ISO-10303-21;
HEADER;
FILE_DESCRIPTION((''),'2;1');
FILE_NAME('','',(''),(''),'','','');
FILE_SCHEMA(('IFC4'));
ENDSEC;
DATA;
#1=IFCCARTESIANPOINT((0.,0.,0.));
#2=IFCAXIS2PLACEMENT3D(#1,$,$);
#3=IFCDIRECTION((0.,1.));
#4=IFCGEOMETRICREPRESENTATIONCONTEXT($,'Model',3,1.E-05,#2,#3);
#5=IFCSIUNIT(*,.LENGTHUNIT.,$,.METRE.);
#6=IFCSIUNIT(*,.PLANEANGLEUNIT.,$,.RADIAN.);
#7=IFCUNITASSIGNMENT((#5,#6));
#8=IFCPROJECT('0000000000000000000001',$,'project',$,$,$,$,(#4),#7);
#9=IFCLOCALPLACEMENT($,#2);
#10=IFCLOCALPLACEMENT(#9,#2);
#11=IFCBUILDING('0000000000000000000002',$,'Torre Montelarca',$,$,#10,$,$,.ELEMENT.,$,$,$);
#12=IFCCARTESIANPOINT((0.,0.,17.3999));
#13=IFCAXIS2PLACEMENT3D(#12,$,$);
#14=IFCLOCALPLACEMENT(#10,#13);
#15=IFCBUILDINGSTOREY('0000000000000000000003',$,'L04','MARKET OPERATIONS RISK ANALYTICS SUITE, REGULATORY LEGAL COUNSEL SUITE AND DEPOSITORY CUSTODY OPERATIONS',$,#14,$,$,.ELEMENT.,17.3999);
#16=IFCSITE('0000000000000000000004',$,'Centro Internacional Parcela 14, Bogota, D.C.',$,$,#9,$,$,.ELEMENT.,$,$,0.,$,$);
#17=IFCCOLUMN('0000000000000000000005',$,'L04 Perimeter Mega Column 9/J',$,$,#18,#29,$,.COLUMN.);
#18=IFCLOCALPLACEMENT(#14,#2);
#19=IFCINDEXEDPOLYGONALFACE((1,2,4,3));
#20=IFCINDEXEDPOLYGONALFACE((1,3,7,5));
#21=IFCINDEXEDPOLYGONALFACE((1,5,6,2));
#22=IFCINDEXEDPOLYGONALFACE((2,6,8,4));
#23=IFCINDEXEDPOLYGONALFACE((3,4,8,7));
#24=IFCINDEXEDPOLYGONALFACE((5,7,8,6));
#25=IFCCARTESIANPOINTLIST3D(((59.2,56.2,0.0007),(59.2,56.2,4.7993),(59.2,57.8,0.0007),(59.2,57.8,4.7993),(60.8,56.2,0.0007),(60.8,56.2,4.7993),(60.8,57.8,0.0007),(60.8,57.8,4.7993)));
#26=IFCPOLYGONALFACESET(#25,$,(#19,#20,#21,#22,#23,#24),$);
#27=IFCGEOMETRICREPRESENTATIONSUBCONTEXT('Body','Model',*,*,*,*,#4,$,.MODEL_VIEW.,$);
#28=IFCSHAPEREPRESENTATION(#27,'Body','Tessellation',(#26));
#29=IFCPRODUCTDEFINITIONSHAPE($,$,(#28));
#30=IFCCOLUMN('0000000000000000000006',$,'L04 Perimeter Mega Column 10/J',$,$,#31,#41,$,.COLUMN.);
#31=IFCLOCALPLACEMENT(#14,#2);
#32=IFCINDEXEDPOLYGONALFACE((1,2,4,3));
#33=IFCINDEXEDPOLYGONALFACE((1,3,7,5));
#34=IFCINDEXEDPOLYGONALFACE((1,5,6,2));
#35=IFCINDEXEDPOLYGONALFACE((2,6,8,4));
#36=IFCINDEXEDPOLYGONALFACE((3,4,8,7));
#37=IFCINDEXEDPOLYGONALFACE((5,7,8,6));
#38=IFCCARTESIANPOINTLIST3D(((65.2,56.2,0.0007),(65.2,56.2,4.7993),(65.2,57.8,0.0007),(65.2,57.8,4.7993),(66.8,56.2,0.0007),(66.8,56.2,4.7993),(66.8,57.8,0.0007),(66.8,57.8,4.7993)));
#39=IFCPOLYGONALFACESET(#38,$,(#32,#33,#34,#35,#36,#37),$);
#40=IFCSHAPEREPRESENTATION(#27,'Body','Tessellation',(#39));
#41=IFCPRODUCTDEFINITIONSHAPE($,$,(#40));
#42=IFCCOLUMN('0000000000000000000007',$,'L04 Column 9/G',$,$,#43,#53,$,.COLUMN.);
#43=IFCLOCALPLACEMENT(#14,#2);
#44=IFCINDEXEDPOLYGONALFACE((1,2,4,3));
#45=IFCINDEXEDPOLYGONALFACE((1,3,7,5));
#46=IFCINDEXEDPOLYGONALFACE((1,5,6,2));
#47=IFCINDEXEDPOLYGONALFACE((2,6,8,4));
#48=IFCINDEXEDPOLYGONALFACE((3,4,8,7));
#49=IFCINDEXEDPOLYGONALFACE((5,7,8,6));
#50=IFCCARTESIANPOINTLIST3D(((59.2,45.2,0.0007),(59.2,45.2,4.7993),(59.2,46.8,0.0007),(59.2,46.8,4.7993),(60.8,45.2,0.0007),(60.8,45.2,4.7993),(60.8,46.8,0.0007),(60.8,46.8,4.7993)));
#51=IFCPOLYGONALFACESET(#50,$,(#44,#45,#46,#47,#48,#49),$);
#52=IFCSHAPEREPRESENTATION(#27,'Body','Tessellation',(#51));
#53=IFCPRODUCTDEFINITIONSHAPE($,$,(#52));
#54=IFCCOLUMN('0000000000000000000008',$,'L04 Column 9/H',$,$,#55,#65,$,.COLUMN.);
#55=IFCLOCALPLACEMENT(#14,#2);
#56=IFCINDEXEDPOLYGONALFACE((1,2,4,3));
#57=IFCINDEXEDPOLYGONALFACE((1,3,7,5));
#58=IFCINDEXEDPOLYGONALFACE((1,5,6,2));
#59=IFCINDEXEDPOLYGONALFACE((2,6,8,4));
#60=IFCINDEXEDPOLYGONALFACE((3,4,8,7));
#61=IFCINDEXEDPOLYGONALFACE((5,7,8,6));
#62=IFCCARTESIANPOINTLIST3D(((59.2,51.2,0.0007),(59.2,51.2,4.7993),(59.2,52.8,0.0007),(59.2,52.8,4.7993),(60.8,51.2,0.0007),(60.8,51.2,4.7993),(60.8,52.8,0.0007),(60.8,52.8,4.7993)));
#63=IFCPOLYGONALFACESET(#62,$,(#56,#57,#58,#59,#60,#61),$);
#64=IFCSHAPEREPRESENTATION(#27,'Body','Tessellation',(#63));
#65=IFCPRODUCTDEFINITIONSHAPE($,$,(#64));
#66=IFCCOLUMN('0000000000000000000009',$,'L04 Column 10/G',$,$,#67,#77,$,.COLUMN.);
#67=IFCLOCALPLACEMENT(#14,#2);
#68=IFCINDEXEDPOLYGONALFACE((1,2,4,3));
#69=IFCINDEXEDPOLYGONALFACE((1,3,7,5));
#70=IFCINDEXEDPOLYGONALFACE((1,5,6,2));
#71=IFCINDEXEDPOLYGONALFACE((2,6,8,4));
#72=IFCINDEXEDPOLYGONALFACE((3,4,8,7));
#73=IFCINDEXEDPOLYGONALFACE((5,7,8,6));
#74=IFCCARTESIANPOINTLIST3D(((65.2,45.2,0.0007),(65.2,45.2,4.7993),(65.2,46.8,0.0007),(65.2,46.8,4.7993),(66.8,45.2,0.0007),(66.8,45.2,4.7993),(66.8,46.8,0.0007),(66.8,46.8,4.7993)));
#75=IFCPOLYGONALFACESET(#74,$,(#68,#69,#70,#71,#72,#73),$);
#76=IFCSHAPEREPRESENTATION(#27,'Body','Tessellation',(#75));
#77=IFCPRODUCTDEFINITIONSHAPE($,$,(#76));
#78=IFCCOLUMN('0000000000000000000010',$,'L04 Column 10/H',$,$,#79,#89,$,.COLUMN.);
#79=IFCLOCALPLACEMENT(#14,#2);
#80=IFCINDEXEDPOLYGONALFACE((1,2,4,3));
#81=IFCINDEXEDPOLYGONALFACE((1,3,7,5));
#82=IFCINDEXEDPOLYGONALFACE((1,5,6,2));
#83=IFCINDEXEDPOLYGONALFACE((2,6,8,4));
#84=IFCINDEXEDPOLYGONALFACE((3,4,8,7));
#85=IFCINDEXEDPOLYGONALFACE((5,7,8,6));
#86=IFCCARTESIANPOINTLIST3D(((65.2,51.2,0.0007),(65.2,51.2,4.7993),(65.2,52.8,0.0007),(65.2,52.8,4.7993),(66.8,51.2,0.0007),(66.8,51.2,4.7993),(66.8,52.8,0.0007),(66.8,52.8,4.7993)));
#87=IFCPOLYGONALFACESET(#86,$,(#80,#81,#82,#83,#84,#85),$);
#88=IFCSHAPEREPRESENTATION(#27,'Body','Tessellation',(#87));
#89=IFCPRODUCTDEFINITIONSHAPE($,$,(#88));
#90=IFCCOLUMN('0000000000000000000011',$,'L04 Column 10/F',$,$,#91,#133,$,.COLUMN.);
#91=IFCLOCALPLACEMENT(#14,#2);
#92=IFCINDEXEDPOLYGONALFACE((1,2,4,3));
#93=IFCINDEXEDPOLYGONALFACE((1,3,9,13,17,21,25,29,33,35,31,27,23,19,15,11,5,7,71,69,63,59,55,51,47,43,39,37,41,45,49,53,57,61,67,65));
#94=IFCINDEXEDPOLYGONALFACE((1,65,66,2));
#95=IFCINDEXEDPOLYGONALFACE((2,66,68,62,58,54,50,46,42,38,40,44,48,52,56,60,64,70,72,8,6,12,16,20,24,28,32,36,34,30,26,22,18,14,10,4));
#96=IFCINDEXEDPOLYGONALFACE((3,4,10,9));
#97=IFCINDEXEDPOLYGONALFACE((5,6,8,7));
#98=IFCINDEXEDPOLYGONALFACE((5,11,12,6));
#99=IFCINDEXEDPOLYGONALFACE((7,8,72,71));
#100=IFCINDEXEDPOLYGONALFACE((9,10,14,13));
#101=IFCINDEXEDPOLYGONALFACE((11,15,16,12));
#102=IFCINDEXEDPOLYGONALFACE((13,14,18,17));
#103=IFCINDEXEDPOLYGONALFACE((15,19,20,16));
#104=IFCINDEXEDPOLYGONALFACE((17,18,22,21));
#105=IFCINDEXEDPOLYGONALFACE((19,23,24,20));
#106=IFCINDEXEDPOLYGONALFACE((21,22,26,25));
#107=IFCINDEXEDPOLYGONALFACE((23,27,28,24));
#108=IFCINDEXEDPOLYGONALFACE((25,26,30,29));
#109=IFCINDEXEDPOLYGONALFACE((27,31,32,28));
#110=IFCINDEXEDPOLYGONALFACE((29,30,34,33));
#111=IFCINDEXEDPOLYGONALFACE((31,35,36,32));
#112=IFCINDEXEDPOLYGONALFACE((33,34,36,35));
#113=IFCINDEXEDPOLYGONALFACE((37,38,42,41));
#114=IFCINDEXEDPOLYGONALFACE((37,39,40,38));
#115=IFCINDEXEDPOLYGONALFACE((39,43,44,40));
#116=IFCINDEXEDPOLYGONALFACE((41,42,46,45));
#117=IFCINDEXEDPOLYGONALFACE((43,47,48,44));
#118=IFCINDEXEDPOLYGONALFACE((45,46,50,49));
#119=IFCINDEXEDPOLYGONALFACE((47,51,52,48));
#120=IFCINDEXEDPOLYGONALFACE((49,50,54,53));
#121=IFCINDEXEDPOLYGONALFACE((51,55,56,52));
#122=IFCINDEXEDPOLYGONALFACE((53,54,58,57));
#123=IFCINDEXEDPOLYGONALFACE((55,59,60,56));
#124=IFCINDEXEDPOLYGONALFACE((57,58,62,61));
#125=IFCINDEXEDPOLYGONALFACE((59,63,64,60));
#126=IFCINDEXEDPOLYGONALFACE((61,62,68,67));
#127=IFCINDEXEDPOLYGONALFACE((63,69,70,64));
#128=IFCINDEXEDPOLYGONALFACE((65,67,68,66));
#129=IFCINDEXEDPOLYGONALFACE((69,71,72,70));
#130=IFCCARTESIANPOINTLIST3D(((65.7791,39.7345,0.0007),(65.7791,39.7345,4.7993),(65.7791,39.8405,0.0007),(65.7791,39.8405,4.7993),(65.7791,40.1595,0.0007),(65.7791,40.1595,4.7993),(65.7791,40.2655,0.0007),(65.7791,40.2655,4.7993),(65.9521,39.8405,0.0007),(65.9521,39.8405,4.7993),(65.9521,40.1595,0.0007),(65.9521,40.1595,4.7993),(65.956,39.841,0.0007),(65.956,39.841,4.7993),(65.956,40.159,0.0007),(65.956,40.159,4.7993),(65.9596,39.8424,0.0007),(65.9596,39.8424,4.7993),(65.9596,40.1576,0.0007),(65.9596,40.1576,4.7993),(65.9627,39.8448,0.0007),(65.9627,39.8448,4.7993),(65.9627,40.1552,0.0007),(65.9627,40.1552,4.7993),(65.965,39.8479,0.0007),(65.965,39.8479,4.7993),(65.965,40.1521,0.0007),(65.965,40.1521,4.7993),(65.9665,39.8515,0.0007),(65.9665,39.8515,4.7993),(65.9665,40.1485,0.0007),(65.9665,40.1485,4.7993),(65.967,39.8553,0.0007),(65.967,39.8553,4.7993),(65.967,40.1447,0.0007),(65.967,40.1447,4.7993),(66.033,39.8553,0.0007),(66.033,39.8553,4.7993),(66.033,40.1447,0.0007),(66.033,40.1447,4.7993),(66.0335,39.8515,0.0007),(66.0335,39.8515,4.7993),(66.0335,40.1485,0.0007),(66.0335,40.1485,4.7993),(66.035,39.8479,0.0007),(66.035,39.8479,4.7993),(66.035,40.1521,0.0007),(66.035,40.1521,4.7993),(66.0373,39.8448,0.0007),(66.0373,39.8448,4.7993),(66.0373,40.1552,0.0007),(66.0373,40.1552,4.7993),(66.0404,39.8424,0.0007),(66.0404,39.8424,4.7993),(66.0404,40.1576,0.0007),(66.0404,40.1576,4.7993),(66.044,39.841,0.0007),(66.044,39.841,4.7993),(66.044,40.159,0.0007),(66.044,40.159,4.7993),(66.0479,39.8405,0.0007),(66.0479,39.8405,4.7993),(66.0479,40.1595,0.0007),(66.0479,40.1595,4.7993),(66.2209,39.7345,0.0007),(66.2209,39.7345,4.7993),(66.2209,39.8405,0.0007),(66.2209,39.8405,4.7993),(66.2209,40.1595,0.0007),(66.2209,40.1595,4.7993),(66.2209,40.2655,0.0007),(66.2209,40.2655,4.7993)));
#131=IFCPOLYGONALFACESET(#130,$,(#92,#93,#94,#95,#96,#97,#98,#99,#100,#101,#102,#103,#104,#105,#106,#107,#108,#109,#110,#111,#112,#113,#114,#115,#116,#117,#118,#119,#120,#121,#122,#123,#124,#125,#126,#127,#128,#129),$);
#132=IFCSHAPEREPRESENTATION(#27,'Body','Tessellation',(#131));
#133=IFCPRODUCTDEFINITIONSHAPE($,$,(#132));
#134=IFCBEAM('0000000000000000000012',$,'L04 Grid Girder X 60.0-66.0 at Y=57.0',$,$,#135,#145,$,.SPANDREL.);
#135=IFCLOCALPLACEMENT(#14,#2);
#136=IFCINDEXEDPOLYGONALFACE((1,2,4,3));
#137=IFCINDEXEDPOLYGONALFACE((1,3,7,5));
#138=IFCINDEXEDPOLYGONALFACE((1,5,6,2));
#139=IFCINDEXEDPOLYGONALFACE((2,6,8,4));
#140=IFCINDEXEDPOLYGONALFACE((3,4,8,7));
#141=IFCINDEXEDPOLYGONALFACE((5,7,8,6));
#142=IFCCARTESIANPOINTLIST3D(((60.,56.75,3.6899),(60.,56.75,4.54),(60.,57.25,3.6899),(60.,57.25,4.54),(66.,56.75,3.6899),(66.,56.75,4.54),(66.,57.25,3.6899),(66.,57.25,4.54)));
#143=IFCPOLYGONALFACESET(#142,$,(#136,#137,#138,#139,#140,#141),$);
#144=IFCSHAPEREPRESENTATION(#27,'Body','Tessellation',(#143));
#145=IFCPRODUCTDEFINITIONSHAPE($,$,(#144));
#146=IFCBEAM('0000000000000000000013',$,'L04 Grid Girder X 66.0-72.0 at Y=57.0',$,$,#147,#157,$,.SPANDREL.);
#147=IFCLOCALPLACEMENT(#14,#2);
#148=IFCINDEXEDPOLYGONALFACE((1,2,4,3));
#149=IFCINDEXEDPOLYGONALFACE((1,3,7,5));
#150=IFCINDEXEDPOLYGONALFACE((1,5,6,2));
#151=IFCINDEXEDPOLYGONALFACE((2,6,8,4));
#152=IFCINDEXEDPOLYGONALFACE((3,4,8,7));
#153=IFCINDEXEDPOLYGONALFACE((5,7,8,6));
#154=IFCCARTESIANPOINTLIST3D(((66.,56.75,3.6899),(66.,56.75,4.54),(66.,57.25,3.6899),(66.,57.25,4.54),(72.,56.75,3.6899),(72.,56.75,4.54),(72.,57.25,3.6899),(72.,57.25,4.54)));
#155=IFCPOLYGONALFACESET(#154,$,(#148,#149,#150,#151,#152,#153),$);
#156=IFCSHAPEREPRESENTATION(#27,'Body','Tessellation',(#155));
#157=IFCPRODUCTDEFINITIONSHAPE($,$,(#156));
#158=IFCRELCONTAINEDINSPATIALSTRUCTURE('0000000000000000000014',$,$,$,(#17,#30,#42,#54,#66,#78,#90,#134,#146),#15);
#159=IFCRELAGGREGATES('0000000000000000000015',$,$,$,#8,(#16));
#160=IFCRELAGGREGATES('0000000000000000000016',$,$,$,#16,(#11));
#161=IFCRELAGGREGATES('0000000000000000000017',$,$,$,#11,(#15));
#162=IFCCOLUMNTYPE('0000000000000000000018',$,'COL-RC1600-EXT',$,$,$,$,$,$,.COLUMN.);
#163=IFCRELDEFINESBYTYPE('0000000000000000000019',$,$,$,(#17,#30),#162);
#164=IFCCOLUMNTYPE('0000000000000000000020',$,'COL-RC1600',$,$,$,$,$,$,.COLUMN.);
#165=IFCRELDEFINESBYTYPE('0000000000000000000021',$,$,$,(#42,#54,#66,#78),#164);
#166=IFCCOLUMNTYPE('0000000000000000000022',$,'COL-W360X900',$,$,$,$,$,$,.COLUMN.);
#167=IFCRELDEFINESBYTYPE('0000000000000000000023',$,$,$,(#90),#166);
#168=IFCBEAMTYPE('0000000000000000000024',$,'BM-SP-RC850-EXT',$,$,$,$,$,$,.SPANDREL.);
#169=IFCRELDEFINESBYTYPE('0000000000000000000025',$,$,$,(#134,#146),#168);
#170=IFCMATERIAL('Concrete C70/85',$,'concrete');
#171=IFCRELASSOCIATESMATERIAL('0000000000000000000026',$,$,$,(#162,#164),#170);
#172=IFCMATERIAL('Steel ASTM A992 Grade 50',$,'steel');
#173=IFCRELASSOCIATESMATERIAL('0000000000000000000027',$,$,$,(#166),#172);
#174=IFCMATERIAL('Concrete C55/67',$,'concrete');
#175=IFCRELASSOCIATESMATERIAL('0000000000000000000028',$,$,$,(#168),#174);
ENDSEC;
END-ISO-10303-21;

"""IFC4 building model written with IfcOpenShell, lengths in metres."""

from ifc_helpers import new_model, si_unit, direction, frame, origin, origin_2d, place, context, subcontext, project, spatial, rectangle, i_section, extrude, source, transform, mapped, material, material_profile, profile_set, type_object, element, save


model = new_model("IFC4")

# Units and contexts
model_context = context("Model", 3, precision=1e-05, world=origin(), true_north=direction((0.0, 1.0)))
body_context = subcontext(model_context, "Body", "Model", "MODEL_VIEW")
ifc_project = project(units=[si_unit("LENGTHUNIT", "METRE"), si_unit("PLANEANGLEUNIT", "RADIAN")], contexts=[model_context])

# Site, building, storey
site_placement = place(None, origin())
site = spatial("IfcSite", under=ifc_project, at=site_placement, Name="Centro Internacional Parcela 14, Bogota, D.C.", CompositionType="ELEMENT", RefElevation=0.0)
building_placement = place(site_placement, origin())
building = spatial("IfcBuilding", under=site, at=building_placement, Name="Torre Montelarca", CompositionType="ELEMENT")
storey_placement = place(building_placement, frame((0.0, 0.0, 17.3999)))
storey = spatial("IfcBuildingStorey", under=building, at=storey_placement, Name="L04", Description="MARKET OPERATIONS RISK ANALYTICS SUITE, REGULATORY LEGAL COUNSEL SUITE AND DEPOSITORY CUSTODY OPERATIONS", CompositionType="ELEMENT", Elevation=17.3999)

# Columns
ifc_material_1 = material(Name="Concrete C70/85", Category="concrete")
ifc_material_profile_1 = material_profile(ifc_material_1, rectangle(XDim=1.6001, YDim=1.6001, at=origin_2d()), Name="RC1600X1600", Category="concrete")
ifc_profile_set_1 = profile_set([ifc_material_profile_1], Name="Concrete C70/85")
column_type_1 = type_object("IfcColumnType", Name="COL-RC1600-EXT", PredefinedType="COLUMN", material=ifc_profile_set_1)
shared_shape_1 = source(origin(), body_context, "Body", "SweptSolid", [
    extrude(rectangle(XDim=1.6001, YDim=1.6001, at=origin_2d()), origin(), (0.0, 0.0, 1.0), 4.7986),
])
for number, where, z_axis, x_axis, name in (
    (1, (60.0, 57.0, 0.0007), (0.0, 0.0, 1.0), (1.0, 0.0, 0.0), "L04 Perimeter Mega Column 9/J"),
    (2, (66.0, 57.0, 0.0007), (0.0, 0.0, 1.0), (1.0, 0.0, 0.0), "L04 Perimeter Mega Column 10/J"),
):
    element("IfcColumn", number, at=place(storey_placement, frame(where, z_axis=z_axis, x_axis=x_axis)), inside=storey, type_object=column_type_1, Name=name, PredefinedType="COLUMN", context=body_context, shape_type="MappedRepresentation", body=[
        mapped(shared_shape_1, transform((0.0, 0.0, 0.0), scale=1.0)),
    ])
ifc_material_profile_2 = material_profile(ifc_material_1, rectangle(XDim=1.6001, YDim=1.6001, at=origin_2d()), Name="RC1600X1600", Category="concrete")
ifc_profile_set_2 = profile_set([ifc_material_profile_2], Name="Concrete C70/85")
column_type_2 = type_object("IfcColumnType", Name="COL-RC1600", PredefinedType="COLUMN", material=ifc_profile_set_2)
shared_shape_2 = source(origin(), body_context, "Body", "SweptSolid", [
    extrude(rectangle(XDim=1.6001, YDim=1.6001, at=origin_2d()), origin(), (0.0, 0.0, 1.0), 4.7986),
])
for number, where, z_axis, x_axis, name in (
    (3, (60.0, 46.0, 0.0007), (0.0, 0.0, 1.0), (1.0, 0.0, 0.0), "L04 Column 9/G"),
    (4, (60.0, 52.0, 0.0007), (0.0, 0.0, 1.0), (1.0, 0.0, 0.0), "L04 Column 9/H"),
    (5, (66.0, 46.0, 0.0007), (0.0, 0.0, 1.0), (1.0, 0.0, 0.0), "L04 Column 10/G"),
    (6, (66.0, 52.0, 0.0007), (0.0, 0.0, 1.0), (1.0, 0.0, 0.0), "L04 Column 10/H"),
):
    element("IfcColumn", number, at=place(storey_placement, frame(where, z_axis=z_axis, x_axis=x_axis)), inside=storey, type_object=column_type_2, Name=name, PredefinedType="COLUMN", context=body_context, shape_type="MappedRepresentation", body=[
        mapped(shared_shape_2, transform((0.0, 0.0, 0.0), scale=1.0)),
    ])
ifc_material_2 = material(Name="Steel ASTM A992 Grade 50", Category="steel")
ifc_material_profile_3 = material_profile(ifc_material_2, i_section(OverallWidth=0.4419, OverallDepth=0.531, WebThickness=0.0659, FlangeThickness=0.106, FilletRadius=0.0149, at=origin_2d()), Name="W360X900", Category="steel")
ifc_profile_set_3 = profile_set([ifc_material_profile_3], Name="Steel ASTM A992 Grade 50")
column_type_3 = type_object("IfcColumnType", Name="COL-W360X900", PredefinedType="COLUMN", material=ifc_profile_set_3)
shared_shape_3 = source(origin(), body_context, "Body", "SweptSolid", [
    extrude(i_section(OverallWidth=0.4419, OverallDepth=0.531, WebThickness=0.0659, FlangeThickness=0.106, FilletRadius=0.0149, at=origin_2d()), origin(), (0.0, 0.0, 1.0), 4.7986),
])
column_placement = place(storey_placement, frame((66.0, 40.0, 0.0007), z_axis=(0.0, 0.0, 1.0), x_axis=(1.0, 0.0, 0.0)))
element("IfcColumn", 7, at=column_placement, inside=storey, type_object=column_type_3, Name="L04 Column 10/F", PredefinedType="COLUMN", context=body_context, shape_type="MappedRepresentation", body=[
    mapped(shared_shape_3, transform((0.0, 0.0, 0.0), scale=1.0)),
])

# Beams
ifc_material_3 = material(Name="Concrete C55/67", Category="concrete")
ifc_material_profile_4 = material_profile(ifc_material_3, rectangle(XDim=0.5, YDim=0.8501, at=origin_2d()), Name="RCB500X850", Category="concrete")
ifc_profile_set_4 = profile_set([ifc_material_profile_4], Name="Concrete C55/67")
beam_type_1 = type_object("IfcBeamType", Name="BM-SP-RC850-EXT", PredefinedType="SPANDREL", material=ifc_profile_set_4)
shared_shape_4 = source(origin(), body_context, "Body", "SweptSolid", [
    extrude(rectangle(XDim=0.5, YDim=0.8501, at=origin_2d()), origin(), (0.0, 0.0, 1.0), 6.0),
])
for number, where, z_axis, x_axis, name in (
    (8, (60.0, 57.0, 4.115), (1.0, 0.0, 0.0), (0.0, 1.0, 0.0), "L04 Grid Girder X 60.0-66.0 at Y=57.0"),
    (9, (66.0, 57.0, 4.115), (1.0, 0.0, 0.0), (0.0, 1.0, 0.0), "L04 Grid Girder X 66.0-72.0 at Y=57.0"),
):
    element("IfcBeam", number, at=place(storey_placement, frame(where, z_axis=z_axis, x_axis=x_axis)), inside=storey, type_object=beam_type_1, Name=name, PredefinedType="SPANDREL", context=body_context, shape_type="MappedRepresentation", body=[
        mapped(shared_shape_4, transform((0.0, 0.0, 0.0), scale=1.0)),
    ])

save(model, "model.ifc")
